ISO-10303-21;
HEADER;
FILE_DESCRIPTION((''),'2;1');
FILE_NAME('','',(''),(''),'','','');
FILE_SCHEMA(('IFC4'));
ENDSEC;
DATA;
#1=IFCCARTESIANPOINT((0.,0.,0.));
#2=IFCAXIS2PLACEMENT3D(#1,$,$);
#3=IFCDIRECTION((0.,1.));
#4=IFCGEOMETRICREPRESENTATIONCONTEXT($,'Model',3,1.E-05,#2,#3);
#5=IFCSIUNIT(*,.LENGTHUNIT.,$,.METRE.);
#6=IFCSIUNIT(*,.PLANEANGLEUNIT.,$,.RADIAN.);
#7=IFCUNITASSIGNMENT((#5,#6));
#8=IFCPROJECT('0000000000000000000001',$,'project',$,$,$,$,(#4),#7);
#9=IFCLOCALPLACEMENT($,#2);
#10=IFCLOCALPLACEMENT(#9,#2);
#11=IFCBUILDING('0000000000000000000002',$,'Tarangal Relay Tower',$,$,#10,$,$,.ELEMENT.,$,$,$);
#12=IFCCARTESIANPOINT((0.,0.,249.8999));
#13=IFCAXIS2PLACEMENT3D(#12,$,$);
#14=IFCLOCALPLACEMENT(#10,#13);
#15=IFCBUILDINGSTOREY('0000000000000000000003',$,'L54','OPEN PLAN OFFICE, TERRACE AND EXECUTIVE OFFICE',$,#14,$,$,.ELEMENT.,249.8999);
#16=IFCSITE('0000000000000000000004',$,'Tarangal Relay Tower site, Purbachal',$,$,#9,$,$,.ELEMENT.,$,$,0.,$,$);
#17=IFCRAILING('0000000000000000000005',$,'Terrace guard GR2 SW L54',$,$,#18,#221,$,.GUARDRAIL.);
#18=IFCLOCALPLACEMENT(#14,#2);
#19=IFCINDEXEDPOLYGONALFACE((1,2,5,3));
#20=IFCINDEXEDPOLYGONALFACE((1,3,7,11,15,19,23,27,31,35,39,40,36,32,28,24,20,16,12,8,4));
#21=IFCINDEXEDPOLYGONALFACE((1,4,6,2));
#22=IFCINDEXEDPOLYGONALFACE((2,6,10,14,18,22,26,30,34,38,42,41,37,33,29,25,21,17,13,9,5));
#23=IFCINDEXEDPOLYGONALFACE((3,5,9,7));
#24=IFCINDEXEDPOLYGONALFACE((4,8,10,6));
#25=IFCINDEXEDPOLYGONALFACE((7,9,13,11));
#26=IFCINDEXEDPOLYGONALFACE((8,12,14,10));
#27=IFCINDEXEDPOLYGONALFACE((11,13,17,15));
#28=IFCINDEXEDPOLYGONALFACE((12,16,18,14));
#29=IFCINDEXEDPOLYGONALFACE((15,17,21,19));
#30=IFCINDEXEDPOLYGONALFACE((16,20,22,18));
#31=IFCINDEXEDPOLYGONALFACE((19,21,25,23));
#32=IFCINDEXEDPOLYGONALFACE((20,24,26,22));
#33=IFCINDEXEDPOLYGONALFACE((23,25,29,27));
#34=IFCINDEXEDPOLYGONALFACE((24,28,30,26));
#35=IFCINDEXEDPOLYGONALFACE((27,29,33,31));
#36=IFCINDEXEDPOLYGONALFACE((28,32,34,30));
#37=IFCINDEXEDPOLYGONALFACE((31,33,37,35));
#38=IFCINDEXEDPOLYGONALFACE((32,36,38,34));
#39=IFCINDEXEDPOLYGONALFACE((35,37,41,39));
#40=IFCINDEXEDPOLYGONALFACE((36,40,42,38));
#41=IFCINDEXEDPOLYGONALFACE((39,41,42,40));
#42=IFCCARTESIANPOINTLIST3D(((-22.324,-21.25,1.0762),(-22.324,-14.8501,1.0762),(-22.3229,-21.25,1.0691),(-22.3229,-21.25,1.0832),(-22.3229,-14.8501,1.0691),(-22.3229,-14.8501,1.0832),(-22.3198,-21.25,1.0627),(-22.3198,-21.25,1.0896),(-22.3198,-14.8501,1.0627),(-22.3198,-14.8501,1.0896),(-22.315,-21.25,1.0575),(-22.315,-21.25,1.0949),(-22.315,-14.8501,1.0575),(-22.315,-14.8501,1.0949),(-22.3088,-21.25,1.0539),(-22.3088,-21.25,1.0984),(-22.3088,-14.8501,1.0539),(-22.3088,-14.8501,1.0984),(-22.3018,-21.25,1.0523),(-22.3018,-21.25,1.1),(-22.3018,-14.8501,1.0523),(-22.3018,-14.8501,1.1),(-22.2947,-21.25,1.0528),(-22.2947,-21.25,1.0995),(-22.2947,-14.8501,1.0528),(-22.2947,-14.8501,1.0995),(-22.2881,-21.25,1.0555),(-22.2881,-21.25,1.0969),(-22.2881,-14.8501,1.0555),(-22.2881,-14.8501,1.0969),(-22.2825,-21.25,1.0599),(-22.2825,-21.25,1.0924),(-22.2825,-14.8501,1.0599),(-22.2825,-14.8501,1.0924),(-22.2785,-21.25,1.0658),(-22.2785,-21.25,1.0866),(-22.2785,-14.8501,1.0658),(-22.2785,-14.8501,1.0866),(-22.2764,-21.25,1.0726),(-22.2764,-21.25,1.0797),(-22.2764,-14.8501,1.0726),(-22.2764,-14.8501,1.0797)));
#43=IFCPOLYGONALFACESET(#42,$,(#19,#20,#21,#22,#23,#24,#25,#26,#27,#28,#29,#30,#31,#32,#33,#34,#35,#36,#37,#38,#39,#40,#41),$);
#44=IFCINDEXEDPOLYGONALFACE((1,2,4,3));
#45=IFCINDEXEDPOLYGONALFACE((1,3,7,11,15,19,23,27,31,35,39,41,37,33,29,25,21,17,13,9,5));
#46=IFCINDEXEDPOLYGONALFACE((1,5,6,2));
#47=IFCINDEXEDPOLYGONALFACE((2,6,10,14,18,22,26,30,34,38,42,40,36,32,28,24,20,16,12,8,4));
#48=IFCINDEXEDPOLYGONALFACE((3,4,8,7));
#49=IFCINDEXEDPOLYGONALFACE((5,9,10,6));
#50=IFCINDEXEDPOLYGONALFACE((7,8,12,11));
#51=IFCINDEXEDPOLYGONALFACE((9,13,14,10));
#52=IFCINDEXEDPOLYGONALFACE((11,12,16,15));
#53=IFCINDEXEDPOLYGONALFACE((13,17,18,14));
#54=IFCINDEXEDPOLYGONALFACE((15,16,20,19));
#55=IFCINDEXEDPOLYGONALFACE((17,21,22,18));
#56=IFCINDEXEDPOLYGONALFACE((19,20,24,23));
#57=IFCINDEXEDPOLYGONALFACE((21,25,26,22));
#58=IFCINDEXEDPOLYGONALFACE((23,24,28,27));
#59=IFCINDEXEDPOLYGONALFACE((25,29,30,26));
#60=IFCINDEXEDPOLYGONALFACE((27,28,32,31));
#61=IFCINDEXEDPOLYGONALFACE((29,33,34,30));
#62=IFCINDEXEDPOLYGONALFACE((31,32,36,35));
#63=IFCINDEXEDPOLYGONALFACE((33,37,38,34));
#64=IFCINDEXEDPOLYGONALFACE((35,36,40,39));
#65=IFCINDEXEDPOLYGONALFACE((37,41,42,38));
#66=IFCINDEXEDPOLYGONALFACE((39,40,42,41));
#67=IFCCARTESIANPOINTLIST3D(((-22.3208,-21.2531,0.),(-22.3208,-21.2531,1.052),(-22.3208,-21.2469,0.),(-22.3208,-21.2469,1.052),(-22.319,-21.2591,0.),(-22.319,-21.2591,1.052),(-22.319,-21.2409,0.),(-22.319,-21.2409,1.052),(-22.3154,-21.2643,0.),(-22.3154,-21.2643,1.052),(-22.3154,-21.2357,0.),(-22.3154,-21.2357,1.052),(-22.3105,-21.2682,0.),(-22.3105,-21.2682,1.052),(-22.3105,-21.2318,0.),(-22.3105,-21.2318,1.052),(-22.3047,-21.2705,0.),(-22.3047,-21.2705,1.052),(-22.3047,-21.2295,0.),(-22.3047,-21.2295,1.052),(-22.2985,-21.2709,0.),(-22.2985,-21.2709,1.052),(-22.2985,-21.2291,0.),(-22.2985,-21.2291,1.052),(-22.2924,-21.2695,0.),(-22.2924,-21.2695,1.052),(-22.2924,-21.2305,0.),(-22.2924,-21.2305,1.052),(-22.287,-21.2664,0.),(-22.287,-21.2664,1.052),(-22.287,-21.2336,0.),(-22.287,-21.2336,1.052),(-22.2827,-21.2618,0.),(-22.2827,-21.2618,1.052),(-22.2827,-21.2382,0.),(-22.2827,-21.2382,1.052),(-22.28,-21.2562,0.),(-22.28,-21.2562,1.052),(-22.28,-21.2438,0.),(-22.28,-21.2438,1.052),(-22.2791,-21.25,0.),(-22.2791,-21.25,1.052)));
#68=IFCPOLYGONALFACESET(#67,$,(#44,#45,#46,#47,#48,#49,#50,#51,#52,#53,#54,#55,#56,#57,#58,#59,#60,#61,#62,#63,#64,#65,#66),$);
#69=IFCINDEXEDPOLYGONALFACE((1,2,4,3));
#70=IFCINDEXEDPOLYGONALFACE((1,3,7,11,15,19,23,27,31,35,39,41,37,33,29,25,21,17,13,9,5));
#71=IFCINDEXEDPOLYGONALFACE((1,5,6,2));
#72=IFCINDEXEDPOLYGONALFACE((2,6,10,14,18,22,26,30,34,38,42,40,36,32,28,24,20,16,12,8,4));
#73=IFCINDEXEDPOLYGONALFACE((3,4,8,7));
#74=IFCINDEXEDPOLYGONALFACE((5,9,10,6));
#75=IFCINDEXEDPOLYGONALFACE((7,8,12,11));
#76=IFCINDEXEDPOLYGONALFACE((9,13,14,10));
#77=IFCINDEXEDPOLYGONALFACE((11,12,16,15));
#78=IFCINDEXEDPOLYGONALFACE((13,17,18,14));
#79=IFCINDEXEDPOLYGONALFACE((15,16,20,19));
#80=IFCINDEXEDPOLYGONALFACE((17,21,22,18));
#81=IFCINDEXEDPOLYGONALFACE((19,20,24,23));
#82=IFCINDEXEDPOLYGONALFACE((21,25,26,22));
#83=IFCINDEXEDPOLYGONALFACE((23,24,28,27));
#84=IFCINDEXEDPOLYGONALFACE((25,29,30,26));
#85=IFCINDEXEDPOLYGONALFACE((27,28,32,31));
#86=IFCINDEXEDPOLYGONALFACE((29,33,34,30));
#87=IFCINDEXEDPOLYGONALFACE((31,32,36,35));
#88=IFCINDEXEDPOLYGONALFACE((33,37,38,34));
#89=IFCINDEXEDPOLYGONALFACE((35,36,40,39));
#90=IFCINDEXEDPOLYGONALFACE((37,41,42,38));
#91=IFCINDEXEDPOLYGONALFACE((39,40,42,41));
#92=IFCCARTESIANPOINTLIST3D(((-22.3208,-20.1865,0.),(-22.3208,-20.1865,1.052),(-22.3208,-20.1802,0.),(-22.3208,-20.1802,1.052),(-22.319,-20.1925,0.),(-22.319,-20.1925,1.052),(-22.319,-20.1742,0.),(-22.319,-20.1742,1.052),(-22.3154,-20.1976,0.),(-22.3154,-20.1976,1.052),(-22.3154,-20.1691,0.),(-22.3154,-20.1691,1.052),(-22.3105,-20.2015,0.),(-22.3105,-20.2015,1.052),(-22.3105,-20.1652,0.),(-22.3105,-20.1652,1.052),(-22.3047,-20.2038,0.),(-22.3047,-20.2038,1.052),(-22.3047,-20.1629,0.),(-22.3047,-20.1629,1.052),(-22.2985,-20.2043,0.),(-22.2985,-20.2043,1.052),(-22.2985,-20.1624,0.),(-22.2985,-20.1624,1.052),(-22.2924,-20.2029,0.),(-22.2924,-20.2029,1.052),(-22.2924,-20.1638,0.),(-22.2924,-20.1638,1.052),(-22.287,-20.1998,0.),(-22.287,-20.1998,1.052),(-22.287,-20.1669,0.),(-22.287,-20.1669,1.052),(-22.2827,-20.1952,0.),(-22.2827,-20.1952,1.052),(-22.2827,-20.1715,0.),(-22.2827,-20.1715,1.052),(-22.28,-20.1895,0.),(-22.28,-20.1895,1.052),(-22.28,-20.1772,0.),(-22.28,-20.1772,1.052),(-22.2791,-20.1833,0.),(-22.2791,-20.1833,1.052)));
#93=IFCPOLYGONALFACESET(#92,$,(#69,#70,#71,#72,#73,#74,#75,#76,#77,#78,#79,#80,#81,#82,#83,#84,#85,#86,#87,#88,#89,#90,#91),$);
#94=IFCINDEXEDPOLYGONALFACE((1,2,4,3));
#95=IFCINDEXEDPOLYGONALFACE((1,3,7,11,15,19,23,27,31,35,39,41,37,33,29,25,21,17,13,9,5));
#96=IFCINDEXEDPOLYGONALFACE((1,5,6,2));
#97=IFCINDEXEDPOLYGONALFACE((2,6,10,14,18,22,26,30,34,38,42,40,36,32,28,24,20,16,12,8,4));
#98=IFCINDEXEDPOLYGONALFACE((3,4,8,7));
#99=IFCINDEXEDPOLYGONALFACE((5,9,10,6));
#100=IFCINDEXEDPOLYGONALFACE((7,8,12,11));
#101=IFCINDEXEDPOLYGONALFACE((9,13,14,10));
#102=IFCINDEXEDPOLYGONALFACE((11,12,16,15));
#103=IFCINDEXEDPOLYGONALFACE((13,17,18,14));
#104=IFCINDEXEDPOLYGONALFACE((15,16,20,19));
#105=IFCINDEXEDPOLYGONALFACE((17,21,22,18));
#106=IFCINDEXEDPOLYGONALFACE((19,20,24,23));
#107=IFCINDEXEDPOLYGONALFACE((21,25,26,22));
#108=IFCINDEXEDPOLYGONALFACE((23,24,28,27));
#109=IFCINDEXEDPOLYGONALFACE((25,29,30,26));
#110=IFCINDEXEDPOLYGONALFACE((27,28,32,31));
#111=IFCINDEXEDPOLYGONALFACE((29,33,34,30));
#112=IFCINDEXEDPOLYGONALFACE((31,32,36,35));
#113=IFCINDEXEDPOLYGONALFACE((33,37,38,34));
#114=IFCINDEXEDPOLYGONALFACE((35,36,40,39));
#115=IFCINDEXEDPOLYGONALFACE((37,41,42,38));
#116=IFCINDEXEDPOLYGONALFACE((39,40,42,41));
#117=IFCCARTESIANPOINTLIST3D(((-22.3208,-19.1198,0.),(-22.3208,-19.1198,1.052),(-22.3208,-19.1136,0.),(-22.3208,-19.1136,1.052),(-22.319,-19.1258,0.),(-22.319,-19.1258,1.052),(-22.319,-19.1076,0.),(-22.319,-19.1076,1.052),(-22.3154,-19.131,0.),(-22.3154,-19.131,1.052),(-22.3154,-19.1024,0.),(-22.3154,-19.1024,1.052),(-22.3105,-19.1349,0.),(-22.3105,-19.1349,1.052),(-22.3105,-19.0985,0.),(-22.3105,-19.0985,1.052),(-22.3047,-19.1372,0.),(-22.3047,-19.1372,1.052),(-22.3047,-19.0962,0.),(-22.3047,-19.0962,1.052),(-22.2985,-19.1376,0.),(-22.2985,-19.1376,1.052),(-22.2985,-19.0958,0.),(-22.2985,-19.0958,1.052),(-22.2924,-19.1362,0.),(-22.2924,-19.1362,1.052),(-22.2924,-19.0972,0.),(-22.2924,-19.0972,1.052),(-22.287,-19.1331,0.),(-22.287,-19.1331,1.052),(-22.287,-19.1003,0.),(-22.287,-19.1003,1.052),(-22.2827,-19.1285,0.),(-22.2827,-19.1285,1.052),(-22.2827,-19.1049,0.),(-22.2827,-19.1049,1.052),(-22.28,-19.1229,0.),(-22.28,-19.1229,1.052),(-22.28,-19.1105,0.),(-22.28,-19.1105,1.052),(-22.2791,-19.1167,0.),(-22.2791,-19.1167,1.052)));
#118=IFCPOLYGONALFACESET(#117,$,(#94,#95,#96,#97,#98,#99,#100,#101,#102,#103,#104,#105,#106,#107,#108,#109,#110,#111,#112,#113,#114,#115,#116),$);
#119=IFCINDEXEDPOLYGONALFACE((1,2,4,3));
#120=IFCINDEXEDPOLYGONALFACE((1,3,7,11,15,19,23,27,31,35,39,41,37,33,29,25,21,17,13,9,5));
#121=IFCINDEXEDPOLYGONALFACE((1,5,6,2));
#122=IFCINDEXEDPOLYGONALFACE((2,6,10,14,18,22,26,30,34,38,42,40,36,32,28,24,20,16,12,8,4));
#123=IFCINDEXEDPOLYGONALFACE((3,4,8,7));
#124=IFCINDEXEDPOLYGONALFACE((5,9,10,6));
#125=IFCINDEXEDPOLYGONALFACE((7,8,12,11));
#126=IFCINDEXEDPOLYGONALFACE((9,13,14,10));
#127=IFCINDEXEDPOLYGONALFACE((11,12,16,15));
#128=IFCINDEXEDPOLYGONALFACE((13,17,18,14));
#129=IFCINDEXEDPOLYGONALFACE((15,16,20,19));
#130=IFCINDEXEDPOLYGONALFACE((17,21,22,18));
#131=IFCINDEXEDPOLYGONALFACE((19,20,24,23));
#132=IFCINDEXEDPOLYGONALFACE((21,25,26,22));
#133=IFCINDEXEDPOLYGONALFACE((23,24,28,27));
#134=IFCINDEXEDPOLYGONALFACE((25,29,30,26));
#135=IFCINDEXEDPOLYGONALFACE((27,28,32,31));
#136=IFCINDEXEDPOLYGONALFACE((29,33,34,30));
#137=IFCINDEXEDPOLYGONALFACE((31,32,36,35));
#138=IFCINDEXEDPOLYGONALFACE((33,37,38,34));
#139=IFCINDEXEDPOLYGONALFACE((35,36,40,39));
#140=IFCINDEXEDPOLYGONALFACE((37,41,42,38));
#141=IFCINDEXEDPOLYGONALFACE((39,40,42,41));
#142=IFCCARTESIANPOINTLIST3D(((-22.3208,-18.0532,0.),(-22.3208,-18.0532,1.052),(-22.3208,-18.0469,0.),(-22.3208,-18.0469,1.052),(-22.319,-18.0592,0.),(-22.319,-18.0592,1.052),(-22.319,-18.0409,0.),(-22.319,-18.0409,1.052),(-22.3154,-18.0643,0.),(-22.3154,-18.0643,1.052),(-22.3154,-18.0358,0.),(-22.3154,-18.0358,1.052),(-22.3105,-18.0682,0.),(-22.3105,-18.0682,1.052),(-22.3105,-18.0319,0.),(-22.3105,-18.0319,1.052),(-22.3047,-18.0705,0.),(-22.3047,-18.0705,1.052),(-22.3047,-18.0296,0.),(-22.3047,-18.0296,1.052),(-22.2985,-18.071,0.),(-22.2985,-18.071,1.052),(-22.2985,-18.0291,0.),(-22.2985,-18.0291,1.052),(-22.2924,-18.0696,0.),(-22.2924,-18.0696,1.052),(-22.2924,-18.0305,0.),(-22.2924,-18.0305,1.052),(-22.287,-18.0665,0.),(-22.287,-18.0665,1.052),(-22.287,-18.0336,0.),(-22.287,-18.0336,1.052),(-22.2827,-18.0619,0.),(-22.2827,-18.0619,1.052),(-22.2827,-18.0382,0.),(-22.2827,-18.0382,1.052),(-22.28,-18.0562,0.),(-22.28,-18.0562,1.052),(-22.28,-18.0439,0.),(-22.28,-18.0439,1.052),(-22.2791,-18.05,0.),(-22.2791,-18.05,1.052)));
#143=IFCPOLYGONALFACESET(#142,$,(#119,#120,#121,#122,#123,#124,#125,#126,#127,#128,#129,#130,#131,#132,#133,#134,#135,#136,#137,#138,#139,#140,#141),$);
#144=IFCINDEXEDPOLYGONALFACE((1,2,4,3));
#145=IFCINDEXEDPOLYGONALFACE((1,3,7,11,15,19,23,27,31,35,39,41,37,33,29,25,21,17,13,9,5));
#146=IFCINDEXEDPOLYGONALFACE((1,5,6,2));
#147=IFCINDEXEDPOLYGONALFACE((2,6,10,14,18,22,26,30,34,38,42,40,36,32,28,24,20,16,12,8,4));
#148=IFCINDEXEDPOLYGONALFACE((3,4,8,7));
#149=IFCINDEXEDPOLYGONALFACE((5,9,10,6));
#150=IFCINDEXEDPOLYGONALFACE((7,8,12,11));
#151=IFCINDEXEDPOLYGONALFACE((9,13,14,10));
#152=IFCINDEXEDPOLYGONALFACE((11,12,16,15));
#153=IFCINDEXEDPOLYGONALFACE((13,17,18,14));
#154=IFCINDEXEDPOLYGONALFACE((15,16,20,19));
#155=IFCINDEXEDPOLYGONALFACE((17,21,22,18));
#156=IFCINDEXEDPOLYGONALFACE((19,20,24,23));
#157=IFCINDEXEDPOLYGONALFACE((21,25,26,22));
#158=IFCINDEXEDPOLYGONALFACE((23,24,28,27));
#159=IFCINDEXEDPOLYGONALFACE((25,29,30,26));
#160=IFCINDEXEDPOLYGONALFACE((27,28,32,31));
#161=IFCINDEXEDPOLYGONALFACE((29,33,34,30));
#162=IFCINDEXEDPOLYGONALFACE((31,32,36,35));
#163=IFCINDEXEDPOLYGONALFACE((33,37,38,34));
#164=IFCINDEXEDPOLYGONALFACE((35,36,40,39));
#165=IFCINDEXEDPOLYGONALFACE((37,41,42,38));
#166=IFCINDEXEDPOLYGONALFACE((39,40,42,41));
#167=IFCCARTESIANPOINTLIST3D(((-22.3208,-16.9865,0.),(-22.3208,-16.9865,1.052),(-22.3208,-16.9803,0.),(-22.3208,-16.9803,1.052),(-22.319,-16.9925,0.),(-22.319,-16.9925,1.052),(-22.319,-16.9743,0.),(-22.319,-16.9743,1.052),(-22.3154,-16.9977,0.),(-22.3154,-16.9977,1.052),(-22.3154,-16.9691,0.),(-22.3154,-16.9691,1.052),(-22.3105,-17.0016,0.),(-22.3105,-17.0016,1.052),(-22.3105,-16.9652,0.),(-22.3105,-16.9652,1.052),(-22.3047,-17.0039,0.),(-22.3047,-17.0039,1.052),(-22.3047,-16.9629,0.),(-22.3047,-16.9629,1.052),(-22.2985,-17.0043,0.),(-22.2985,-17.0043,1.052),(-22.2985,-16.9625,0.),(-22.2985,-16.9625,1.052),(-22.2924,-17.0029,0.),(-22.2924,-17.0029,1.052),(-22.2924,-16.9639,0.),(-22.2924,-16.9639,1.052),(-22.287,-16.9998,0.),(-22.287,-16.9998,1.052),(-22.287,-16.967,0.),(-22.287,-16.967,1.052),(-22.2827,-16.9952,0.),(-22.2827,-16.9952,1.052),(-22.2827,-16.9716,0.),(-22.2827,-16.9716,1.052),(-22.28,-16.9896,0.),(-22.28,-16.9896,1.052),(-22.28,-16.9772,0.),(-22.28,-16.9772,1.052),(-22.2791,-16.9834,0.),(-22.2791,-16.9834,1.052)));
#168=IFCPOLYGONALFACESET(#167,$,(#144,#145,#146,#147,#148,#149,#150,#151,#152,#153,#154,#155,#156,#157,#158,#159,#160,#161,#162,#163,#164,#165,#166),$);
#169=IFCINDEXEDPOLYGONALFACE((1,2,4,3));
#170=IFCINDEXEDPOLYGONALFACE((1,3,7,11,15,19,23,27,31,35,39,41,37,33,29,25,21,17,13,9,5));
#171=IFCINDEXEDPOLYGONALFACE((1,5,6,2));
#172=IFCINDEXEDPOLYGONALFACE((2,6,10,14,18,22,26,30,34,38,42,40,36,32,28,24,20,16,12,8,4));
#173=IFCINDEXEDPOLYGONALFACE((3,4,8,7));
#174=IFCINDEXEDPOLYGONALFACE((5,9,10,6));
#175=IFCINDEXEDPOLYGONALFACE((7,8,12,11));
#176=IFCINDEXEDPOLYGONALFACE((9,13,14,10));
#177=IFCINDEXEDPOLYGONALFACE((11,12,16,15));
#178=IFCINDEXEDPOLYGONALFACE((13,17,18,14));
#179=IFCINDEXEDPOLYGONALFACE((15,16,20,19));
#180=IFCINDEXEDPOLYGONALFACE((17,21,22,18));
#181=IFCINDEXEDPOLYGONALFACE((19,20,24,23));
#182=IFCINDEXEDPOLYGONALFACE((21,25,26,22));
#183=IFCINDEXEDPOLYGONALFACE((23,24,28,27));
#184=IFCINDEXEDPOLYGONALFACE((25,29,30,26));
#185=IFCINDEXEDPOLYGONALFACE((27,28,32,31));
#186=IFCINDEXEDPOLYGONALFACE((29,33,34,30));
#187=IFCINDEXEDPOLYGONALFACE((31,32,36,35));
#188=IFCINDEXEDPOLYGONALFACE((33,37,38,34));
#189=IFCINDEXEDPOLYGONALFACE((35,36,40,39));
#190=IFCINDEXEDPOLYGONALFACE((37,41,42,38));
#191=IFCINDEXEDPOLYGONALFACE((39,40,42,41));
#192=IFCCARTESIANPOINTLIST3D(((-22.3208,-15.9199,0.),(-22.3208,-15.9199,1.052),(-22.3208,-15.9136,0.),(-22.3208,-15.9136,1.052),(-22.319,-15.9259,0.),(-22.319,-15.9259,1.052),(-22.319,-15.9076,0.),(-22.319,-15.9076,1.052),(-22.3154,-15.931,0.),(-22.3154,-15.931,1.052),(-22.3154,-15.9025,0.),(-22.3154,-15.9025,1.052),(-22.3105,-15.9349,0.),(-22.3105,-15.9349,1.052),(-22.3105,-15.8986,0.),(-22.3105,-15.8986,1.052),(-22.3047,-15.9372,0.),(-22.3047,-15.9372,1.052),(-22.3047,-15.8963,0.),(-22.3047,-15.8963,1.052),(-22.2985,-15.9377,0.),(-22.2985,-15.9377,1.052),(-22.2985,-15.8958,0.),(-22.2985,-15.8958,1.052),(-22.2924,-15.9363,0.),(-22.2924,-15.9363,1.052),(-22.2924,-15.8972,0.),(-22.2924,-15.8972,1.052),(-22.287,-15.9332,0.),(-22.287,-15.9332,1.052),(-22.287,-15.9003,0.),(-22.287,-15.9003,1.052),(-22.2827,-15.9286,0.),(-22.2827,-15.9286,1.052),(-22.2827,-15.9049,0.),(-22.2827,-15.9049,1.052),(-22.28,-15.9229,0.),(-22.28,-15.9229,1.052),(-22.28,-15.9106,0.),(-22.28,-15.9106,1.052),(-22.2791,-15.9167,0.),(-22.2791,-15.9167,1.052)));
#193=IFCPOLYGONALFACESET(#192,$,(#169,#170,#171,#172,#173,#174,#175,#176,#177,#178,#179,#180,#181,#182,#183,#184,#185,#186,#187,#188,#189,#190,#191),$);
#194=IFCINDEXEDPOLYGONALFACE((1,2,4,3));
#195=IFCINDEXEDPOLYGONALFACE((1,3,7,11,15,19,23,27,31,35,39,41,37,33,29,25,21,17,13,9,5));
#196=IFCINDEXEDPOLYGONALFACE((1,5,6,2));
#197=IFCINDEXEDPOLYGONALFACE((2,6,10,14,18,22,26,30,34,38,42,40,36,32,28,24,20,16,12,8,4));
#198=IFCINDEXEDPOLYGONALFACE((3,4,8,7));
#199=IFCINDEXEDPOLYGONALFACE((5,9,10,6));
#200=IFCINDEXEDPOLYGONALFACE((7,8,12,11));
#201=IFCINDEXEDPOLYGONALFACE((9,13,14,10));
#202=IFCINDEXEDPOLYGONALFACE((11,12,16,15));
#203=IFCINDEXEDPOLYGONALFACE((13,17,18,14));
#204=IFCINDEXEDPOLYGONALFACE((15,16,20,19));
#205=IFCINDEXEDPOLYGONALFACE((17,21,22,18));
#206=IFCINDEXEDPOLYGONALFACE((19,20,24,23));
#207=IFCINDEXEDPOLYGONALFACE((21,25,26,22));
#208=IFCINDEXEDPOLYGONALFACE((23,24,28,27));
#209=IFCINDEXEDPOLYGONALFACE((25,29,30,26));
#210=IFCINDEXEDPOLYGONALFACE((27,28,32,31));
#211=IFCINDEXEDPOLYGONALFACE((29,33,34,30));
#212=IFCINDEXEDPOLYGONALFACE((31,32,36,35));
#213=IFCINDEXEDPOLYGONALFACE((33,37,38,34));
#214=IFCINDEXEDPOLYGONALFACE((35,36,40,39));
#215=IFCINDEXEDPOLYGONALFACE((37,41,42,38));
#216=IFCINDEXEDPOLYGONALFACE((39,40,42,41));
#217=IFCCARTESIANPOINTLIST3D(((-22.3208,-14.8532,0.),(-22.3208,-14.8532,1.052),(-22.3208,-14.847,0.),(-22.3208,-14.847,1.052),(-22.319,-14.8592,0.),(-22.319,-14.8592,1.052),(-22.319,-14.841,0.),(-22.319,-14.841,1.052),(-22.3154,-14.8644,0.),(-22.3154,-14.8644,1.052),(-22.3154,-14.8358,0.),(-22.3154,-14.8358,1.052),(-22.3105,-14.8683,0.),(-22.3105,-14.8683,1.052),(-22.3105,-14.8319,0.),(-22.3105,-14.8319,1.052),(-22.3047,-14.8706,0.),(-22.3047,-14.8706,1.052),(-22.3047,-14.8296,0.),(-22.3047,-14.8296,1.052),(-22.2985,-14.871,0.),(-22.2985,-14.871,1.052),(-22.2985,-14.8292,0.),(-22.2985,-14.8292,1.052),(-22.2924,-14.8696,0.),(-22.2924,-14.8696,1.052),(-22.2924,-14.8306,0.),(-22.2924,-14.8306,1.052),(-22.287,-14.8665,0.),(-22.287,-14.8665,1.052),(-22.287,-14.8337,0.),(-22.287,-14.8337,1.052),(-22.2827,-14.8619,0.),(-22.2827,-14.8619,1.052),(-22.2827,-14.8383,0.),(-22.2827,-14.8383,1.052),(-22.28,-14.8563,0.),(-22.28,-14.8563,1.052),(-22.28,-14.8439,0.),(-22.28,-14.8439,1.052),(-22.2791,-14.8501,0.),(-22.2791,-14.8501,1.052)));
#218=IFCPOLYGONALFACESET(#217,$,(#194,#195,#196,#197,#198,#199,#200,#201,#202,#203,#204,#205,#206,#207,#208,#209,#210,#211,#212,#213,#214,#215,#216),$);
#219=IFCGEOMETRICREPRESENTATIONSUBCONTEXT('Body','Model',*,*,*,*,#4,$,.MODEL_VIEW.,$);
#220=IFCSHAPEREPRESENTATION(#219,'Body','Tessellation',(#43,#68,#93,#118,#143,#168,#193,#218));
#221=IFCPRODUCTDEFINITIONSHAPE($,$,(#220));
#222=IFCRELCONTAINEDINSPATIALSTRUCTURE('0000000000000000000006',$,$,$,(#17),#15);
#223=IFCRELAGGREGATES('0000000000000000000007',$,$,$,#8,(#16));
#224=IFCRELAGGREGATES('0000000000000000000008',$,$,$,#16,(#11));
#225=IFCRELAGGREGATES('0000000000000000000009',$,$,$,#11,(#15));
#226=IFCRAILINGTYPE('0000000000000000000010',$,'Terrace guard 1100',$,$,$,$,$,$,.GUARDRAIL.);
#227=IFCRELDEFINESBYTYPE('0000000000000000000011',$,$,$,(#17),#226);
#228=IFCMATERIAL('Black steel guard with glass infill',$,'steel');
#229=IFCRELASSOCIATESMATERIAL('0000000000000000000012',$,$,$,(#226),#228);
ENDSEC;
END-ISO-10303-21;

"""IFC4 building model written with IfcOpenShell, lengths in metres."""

from ifc_helpers import new_model, si_unit, direction, frame, origin, origin_2d, place, context, subcontext, project, spatial, circle, extrude, material, type_object, element, save


model = new_model("IFC4")

# Units and contexts
model_context = context("Model", 3, precision=1e-05, world=origin(), true_north=direction((0.0, 1.0)))
body_context = subcontext(model_context, "Body", "Model", "MODEL_VIEW")
ifc_project = project(units=[si_unit("LENGTHUNIT", "METRE"), si_unit("PLANEANGLEUNIT", "RADIAN")], contexts=[model_context])

# Site, building, storey
site_placement = place(None, origin())
site = spatial("IfcSite", under=ifc_project, at=site_placement, Name="Tarangal Relay Tower site, Purbachal", CompositionType="ELEMENT", RefElevation=0.0)
building_placement = place(site_placement, origin())
building = spatial("IfcBuilding", under=site, at=building_placement, Name="Tarangal Relay Tower", CompositionType="ELEMENT")
storey_placement = place(building_placement, frame((0.0, 0.0, 249.8999)))
storey = spatial("IfcBuildingStorey", under=building, at=storey_placement, Name="L54", Description="OPEN PLAN OFFICE, TERRACE AND EXECUTIVE OFFICE", CompositionType="ELEMENT", Elevation=249.8999)

# Railing
ifc_material_1 = material(Name="Black steel guard with glass infill", Category="steel")
railing_type = type_object("IfcRailingType", Name="Terrace guard 1100", PredefinedType="GUARDRAIL", material=ifc_material_1)
railing_placement = place(storey_placement, frame((-22.3, -21.25, 0.0)))
element("IfcRailing", 1, at=railing_placement, inside=storey, type_object=railing_type, Name="Terrace guard GR2 SW L54", PredefinedType="GUARDRAIL", context=body_context, shape_type="SweptSolid", body=[
    extrude(circle(Radius=0.0239, at=origin_2d()), frame((0.0, 0.0, 1.0762), z_axis=(0.0, 1.0, 0.0), x_axis=(-1.0, 0.0, 0.0)), (0.0, 0.0, 1.0), 6.3999),
    extrude(circle(Radius=0.021, at=origin_2d()), origin(), (0.0, 0.0, 1.0), 1.052),
    extrude(circle(Radius=0.021, at=origin_2d()), frame((0.0, 1.0667, 0.0)), (0.0, 0.0, 1.0), 1.052),
    extrude(circle(Radius=0.021, at=origin_2d()), frame((0.0, 2.1333, 0.0)), (0.0, 0.0, 1.0), 1.052),
    extrude(circle(Radius=0.021, at=origin_2d()), frame((0.0, 3.2, 0.0)), (0.0, 0.0, 1.0), 1.052),
    extrude(circle(Radius=0.021, at=origin_2d()), frame((0.0, 4.2666, 0.0)), (0.0, 0.0, 1.0), 1.052),
    extrude(circle(Radius=0.021, at=origin_2d()), frame((0.0, 5.3333, 0.0)), (0.0, 0.0, 1.0), 1.052),
    extrude(circle(Radius=0.021, at=origin_2d()), frame((0.0, 6.3999, 0.0)), (0.0, 0.0, 1.0), 1.052),
])

save(model, "model.ifc")
